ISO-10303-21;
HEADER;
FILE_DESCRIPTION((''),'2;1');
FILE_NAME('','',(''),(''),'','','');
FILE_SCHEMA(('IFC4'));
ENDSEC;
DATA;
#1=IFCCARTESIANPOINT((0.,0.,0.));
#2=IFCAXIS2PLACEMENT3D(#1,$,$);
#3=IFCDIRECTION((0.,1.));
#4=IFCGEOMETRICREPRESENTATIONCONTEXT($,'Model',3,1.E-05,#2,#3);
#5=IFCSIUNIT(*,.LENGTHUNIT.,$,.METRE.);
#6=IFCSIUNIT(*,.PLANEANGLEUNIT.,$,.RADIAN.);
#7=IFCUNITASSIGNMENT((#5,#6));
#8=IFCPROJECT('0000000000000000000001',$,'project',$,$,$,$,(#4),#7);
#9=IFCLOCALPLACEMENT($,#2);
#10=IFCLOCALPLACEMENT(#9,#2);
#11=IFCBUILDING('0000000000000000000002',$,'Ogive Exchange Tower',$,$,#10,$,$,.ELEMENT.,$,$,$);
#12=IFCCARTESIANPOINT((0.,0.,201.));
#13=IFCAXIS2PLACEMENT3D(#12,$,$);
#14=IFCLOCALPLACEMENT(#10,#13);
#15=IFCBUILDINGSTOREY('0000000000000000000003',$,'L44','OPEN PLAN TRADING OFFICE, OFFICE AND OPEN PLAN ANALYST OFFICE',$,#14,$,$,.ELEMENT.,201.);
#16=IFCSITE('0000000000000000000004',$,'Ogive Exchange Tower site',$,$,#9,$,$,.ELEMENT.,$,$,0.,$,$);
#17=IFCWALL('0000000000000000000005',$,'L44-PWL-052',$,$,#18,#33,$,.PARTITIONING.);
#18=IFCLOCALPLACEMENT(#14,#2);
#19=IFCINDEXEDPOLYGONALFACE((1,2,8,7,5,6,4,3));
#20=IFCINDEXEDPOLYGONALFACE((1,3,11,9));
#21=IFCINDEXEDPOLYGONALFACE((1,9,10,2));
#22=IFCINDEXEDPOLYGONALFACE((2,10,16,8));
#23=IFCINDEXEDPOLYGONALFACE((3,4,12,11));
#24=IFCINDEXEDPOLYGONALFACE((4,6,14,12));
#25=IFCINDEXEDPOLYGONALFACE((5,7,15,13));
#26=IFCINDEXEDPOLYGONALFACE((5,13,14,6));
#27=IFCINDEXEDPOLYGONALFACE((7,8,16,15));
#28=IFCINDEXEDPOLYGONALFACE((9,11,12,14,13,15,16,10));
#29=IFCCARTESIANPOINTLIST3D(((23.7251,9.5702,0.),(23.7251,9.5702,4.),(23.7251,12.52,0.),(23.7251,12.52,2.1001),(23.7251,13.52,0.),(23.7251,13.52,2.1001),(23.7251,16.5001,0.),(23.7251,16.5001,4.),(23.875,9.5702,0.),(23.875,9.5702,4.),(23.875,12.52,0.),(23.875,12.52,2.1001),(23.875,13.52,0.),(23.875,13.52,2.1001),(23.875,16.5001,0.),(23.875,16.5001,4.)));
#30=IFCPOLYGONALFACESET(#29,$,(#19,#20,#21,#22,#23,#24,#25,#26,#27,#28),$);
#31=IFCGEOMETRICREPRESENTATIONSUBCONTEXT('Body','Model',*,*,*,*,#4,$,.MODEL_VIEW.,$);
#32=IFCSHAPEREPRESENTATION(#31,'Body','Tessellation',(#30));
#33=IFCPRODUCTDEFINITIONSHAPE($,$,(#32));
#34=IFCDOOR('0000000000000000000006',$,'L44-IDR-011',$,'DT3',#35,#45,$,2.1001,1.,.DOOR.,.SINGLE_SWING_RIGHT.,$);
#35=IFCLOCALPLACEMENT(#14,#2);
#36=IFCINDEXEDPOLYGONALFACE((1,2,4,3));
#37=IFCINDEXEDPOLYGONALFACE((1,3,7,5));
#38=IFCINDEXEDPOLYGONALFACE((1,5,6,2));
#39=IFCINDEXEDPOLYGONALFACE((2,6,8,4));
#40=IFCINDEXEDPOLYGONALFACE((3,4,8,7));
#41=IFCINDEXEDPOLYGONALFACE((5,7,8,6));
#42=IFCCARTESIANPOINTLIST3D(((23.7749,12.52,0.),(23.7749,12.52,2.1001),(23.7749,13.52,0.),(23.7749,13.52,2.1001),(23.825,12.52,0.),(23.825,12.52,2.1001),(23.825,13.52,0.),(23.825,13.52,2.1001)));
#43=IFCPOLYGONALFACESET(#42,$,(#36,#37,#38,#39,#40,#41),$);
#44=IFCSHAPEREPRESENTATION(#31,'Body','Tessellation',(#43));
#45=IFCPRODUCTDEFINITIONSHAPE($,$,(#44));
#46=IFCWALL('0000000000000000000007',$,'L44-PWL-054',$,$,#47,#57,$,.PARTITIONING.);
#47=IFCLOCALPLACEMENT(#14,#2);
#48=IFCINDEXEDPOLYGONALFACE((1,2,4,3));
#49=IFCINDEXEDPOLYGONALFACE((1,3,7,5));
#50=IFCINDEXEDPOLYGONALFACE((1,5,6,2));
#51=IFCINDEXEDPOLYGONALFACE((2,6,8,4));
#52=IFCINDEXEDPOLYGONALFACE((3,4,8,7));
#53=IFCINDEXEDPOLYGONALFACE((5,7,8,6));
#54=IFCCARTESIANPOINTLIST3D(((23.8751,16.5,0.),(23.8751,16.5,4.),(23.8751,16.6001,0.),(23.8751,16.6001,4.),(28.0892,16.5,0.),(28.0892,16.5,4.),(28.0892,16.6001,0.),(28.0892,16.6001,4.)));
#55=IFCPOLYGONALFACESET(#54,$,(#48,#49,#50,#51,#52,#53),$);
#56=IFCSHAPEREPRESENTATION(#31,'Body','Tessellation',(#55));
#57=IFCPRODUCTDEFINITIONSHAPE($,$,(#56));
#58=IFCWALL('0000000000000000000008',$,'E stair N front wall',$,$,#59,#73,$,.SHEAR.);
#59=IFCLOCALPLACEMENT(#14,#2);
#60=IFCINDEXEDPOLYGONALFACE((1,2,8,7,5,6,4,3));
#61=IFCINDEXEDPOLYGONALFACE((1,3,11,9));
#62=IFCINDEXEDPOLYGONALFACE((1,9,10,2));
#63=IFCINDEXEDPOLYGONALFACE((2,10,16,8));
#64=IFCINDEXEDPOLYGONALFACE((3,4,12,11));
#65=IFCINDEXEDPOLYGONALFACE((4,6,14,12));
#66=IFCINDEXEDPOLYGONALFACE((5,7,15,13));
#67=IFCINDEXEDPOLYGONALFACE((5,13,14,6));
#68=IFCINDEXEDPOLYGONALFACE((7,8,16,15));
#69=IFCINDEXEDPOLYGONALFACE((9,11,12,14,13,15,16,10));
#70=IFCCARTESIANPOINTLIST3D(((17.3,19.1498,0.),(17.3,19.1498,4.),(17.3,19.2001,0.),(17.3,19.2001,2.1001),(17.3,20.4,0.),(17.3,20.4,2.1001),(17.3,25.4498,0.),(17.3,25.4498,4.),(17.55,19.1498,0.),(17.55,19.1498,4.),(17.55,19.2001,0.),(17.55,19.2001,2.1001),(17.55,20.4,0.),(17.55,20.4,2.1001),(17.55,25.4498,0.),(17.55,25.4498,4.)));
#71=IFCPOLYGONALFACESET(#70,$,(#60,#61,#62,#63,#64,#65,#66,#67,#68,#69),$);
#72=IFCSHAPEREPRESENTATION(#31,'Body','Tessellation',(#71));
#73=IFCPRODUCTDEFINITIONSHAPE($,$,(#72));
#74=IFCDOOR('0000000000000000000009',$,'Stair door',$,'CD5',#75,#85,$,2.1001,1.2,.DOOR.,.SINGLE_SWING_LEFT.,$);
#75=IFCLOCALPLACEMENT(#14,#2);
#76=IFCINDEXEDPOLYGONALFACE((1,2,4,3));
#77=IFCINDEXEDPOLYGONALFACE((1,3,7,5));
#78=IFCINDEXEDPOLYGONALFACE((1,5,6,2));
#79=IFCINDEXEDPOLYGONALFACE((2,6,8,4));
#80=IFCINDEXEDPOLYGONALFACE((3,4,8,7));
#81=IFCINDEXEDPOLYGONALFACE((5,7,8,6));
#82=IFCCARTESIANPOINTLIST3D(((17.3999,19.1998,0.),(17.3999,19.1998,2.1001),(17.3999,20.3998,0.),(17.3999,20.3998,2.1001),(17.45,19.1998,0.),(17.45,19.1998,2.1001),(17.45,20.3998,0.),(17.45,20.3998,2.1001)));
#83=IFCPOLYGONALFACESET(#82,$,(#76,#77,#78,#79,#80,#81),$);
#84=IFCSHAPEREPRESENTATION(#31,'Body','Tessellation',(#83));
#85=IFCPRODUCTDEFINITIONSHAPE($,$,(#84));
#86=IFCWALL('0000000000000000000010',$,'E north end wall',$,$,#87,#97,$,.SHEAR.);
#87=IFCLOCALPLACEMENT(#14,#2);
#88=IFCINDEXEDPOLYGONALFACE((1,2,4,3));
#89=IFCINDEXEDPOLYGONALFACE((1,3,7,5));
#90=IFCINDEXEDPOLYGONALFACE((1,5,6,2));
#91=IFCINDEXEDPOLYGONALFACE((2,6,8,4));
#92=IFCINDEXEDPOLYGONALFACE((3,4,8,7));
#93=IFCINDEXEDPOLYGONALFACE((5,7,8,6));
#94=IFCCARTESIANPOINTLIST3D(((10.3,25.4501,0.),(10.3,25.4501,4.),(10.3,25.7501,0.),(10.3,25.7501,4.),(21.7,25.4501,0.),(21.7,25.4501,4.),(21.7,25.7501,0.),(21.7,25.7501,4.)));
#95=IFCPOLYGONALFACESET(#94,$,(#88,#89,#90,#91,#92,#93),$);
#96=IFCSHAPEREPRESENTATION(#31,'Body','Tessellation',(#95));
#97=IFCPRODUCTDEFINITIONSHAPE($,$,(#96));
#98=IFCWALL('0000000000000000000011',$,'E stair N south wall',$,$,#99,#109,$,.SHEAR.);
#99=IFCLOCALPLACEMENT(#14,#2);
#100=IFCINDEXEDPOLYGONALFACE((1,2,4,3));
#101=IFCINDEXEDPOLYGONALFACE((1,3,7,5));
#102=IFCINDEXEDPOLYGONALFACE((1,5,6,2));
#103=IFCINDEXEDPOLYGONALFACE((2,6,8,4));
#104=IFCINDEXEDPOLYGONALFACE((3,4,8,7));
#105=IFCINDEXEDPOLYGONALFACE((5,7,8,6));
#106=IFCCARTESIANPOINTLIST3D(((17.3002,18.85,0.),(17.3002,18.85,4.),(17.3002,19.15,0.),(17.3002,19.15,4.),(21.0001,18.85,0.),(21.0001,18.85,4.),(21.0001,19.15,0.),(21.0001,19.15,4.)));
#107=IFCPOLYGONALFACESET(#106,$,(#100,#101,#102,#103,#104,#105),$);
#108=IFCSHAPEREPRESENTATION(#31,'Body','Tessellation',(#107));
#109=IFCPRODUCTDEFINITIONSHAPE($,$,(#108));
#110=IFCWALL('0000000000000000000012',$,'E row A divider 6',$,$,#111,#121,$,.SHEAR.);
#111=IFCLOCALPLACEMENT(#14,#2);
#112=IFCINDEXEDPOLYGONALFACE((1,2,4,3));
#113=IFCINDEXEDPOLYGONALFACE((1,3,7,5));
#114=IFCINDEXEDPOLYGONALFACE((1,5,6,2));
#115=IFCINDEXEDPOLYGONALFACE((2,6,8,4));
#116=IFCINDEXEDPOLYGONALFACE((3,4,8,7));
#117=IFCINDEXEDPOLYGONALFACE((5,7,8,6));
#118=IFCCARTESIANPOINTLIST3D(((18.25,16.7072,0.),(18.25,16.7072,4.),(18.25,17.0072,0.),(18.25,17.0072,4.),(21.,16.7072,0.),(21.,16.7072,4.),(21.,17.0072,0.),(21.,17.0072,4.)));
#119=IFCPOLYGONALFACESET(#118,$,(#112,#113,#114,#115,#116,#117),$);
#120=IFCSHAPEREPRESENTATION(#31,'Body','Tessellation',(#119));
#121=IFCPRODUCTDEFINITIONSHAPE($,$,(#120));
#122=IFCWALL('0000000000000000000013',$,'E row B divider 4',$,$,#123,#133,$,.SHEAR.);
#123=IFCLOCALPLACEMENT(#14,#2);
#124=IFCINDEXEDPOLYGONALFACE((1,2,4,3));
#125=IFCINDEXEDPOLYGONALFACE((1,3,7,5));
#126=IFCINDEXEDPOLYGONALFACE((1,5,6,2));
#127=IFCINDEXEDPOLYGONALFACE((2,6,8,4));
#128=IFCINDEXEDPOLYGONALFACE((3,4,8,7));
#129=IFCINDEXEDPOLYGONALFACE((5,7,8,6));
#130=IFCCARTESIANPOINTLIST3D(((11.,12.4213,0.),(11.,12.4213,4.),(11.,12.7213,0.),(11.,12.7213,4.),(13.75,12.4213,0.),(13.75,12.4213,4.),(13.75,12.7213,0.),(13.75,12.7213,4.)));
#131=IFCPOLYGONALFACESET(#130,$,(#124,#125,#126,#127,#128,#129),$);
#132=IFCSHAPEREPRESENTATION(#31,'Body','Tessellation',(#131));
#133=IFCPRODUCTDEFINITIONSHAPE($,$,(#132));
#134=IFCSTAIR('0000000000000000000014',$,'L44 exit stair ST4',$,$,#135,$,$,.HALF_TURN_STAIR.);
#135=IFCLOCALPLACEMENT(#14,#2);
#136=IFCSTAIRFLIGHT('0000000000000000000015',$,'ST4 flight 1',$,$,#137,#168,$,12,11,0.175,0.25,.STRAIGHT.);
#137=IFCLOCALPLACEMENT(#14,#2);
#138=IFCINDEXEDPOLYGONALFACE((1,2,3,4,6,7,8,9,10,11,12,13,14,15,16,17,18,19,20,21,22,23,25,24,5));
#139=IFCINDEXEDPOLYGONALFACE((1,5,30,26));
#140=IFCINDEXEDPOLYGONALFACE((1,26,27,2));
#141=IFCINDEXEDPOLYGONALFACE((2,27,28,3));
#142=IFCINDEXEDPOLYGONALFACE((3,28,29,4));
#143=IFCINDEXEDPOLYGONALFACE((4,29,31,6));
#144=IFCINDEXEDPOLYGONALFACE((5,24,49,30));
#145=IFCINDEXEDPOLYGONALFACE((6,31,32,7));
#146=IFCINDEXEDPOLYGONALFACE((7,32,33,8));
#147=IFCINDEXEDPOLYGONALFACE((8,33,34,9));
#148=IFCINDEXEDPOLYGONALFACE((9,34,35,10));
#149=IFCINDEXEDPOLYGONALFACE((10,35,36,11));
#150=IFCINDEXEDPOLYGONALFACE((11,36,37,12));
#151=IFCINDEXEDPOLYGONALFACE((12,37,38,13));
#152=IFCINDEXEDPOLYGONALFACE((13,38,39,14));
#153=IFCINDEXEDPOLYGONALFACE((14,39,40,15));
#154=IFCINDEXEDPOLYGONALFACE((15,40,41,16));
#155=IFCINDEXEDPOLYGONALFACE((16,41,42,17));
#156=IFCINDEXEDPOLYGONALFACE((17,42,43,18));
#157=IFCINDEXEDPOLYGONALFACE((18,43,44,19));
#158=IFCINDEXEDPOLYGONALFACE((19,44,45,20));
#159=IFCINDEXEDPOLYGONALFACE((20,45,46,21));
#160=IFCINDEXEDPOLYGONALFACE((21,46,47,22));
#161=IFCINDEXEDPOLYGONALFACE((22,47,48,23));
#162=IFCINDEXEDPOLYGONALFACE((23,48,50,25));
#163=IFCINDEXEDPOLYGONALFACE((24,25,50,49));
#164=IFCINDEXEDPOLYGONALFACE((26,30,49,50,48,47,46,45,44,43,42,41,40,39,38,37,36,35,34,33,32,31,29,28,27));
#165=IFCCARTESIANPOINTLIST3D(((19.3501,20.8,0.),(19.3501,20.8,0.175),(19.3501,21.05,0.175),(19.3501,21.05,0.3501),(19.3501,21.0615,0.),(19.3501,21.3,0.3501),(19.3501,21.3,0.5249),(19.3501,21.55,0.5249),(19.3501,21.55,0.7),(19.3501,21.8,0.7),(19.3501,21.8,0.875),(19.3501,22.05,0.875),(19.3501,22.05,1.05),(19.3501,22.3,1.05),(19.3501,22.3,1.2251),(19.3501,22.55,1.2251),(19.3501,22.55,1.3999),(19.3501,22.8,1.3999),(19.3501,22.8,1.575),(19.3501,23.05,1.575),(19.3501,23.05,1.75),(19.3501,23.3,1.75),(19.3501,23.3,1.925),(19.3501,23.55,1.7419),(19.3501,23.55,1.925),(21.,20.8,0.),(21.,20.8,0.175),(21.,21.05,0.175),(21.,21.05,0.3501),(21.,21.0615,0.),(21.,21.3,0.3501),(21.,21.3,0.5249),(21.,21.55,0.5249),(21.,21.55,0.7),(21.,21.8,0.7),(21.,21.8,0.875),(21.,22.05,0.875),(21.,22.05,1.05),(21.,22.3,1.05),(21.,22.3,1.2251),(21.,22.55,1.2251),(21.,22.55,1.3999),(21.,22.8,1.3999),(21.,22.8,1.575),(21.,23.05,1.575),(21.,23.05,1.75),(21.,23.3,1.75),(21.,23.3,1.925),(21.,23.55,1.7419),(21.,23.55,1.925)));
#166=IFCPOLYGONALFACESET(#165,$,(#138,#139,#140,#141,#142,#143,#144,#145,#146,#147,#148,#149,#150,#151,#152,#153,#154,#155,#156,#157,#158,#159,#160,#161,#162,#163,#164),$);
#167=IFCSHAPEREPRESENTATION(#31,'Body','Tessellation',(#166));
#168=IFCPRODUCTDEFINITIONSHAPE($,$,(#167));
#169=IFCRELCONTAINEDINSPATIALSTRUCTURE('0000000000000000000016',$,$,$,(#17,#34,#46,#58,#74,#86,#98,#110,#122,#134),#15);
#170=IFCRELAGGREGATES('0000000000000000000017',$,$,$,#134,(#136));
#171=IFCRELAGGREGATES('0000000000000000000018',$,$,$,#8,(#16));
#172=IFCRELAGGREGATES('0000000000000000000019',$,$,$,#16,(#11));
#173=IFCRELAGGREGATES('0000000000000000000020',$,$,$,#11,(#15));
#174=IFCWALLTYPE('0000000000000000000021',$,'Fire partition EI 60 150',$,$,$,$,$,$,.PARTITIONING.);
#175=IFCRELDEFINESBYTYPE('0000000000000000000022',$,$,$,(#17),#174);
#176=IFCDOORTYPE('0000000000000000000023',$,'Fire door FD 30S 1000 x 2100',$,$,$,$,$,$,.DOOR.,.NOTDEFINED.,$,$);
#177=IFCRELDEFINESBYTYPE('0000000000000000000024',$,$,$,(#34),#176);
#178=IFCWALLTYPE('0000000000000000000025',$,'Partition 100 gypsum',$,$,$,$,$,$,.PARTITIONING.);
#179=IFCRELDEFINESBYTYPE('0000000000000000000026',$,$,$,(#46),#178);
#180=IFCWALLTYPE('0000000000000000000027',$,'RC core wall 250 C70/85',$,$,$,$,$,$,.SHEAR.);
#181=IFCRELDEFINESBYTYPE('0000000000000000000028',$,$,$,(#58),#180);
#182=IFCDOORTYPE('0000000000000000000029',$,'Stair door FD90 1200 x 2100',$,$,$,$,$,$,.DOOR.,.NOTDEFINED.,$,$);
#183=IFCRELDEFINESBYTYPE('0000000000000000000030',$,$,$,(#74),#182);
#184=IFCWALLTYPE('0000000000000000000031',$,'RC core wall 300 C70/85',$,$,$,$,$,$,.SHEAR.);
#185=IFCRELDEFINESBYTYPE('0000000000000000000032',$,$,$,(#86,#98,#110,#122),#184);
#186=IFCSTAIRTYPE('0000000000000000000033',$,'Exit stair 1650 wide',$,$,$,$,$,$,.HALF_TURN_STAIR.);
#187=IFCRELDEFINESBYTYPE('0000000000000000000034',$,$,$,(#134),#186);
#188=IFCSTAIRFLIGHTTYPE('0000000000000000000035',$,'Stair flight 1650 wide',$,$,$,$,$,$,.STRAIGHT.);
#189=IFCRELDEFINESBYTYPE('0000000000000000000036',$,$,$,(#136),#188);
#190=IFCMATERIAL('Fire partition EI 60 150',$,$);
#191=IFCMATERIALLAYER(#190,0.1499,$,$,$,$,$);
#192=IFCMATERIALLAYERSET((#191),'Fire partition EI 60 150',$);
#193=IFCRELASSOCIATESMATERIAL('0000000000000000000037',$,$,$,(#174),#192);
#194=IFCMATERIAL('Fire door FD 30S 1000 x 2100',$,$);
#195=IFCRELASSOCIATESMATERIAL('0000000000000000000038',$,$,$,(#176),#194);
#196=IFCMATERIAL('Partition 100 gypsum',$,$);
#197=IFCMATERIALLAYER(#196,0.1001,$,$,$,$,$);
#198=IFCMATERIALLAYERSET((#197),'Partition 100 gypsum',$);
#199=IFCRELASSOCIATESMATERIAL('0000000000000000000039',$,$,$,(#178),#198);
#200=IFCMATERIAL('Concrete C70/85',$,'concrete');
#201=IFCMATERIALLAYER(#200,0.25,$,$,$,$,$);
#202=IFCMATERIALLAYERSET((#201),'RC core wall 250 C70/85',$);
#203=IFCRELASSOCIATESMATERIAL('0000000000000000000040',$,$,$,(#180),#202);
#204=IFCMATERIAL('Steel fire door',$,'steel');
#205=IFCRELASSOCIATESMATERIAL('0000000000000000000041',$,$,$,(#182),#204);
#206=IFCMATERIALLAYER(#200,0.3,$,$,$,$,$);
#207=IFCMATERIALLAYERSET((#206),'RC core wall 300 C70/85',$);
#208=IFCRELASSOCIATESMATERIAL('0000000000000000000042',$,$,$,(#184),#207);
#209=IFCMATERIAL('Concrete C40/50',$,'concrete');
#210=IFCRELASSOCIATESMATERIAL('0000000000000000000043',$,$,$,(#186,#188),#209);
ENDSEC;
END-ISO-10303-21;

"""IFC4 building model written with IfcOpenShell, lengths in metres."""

from ifc_helpers import new_model, si_unit, direction, frame, frame_2d, origin, place, context, subcontext, project, spatial, polyline, rectangle, outline, extrude, material, layer, layer_set, type_object, element, fill, aggregate, save


model = new_model("IFC4")

# Units and contexts
model_context = context("Model", 3, precision=1e-05, world=origin(), true_north=direction((0.0, 1.0)))
body_context = subcontext(model_context, "Body", "Model", "MODEL_VIEW")
ifc_project = project(units=[si_unit("LENGTHUNIT", "METRE"), si_unit("PLANEANGLEUNIT", "RADIAN")], contexts=[model_context])

# Site, building, storey
site_placement = place(None, origin())
site = spatial("IfcSite", under=ifc_project, at=site_placement, Name="Ogive Exchange Tower site", CompositionType="ELEMENT", RefElevation=0.0)
building_placement = place(site_placement, origin())
building = spatial("IfcBuilding", under=site, at=building_placement, Name="Ogive Exchange Tower", CompositionType="ELEMENT")
storey_placement = place(building_placement, frame((0.0, 0.0, 201.0)))
storey = spatial("IfcBuildingStorey", under=building, at=storey_placement, Name="L44", Description="OPEN PLAN TRADING OFFICE, OFFICE AND OPEN PLAN ANALYST OFFICE", CompositionType="ELEMENT", Elevation=201.0)

# Shared definitions
ifc_material_1 = material(Name="Fire partition EI 60 150")
ifc_layer_1 = layer(ifc_material_1, 0.1499)
ifc_layer_set_1 = layer_set([ifc_layer_1], Name="Fire partition EI 60 150")
wall_type_1 = type_object("IfcWallType", Name="Fire partition EI 60 150", PredefinedType="PARTITIONING", material=ifc_layer_set_1)

# Wall, opening, door
wall_1_placement = place(storey_placement, frame((23.8, 16.5, 0.0), z_axis=(0.0, 0.0, 1.0), x_axis=(0.0, -1.0, 0.0)))
wall_1 = element("IfcWall", 1, at=wall_1_placement, inside=storey, type_object=wall_type_1, Name="L44-PWL-052", PredefinedType="PARTITIONING", context=body_context, shape_type="SweptSolid", body=[
    extrude(rectangle(XDim=6.9299, YDim=0.1499, at=frame_2d((3.4648, 0.0))), origin(), (0.0, 0.0, 1.0), 4.0),
])
opening_1_placement = place(wall_1_placement, frame((2.98, 0.0, 0.0)))
opening_1 = element("IfcOpeningElement", 2, at=opening_1_placement, cuts=wall_1, PredefinedType="OPENING", context=body_context, shape_type="SweptSolid", body=[
    extrude(rectangle(XDim=1.0, YDim=2.1001, at=frame_2d((0.5, 1.05))), frame((0.0, 0.085, 0.0), z_axis=(0.0, -1.0, 0.0), x_axis=(1.0, 0.0, 0.0)), (0.0, 0.0, 1.0), 0.1699),
])
ifc_material_2 = material(Name="Fire door FD 30S 1000 x 2100")
door_type_1 = type_object("IfcDoorType", Name="Fire door FD 30S 1000 x 2100", OperationType="NOTDEFINED", PredefinedType="DOOR", material=ifc_material_2)
door_1_placement = place(opening_1_placement, origin())
door_1 = element("IfcDoor", 3, at=door_1_placement, inside=storey, type_object=door_type_1, Name="L44-IDR-011", ObjectType="DT3", OperationType="SINGLE_SWING_RIGHT", OverallHeight=2.1001, OverallWidth=1.0, PredefinedType="DOOR", context=body_context, shape_type="SweptSolid", body=[
    extrude(rectangle(XDim=1.0, YDim=2.1001, at=frame_2d((0.5, 1.05))), frame((0.0, 0.0249, 0.0), z_axis=(0.0, -1.0, 0.0), x_axis=(1.0, 0.0, 0.0)), (0.0, 0.0, 1.0), 0.05),
])
fill(opening_1, door_1)

# Wall
ifc_material_3 = material(Name="Partition 100 gypsum")
ifc_layer_2 = layer(ifc_material_3, 0.1001)
ifc_layer_set_2 = layer_set([ifc_layer_2], Name="Partition 100 gypsum")
wall_type_2 = type_object("IfcWallType", Name="Partition 100 gypsum", PredefinedType="PARTITIONING", material=ifc_layer_set_2)
wall_2_placement = place(storey_placement, frame((28.0891, 16.55, 0.0), z_axis=(0.0, 0.0, 1.0), x_axis=(-1.0, 0.0, 0.0)))
element("IfcWall", 4, at=wall_2_placement, inside=storey, type_object=wall_type_2, Name="L44-PWL-054", PredefinedType="PARTITIONING", context=body_context, shape_type="SweptSolid", body=[
    extrude(rectangle(XDim=4.2141, YDim=0.1001, at=frame_2d((2.1069, 0.0))), origin(), (0.0, 0.0, 1.0), 4.0),
])

# Wall, opening, door
ifc_material_4 = material(Name="Concrete C70/85", Category="concrete")
ifc_layer_3 = layer(ifc_material_4, 0.25)
ifc_layer_set_3 = layer_set([ifc_layer_3], Name="RC core wall 250 C70/85")
wall_type_3 = type_object("IfcWallType", Name="RC core wall 250 C70/85", PredefinedType="SHEAR", material=ifc_layer_set_3)
wall_3_placement = place(storey_placement, frame((17.425, 19.1499, 0.0), z_axis=(0.0, 0.0, 1.0), x_axis=(0.0, 1.0, 0.0)))
wall_3 = element("IfcWall", 5, at=wall_3_placement, inside=storey, type_object=wall_type_3, Name="E stair N front wall", PredefinedType="SHEAR", context=body_context, shape_type="SweptSolid", body=[
    extrude(rectangle(XDim=6.3, YDim=0.25, at=frame_2d((3.1499, 0.0))), origin(), (0.0, 0.0, 1.0), 4.0),
])
opening_2_placement = place(wall_3_placement, frame((0.05, 0.0, 0.0)))
opening_2 = element("IfcOpeningElement", 6, at=opening_2_placement, cuts=wall_3, PredefinedType="OPENING", context=body_context, shape_type="SweptSolid", body=[
    extrude(rectangle(XDim=1.2, YDim=2.1001, at=frame_2d((0.6001, 1.05))), frame((0.0, 0.135, 0.0), z_axis=(0.0, -1.0, 0.0), x_axis=(1.0, 0.0, 0.0)), (0.0, 0.0, 1.0), 0.27),
])
ifc_material_5 = material(Name="Steel fire door", Category="steel")
door_type_2 = type_object("IfcDoorType", Name="Stair door FD90 1200 x 2100", OperationType="NOTDEFINED", PredefinedType="DOOR", material=ifc_material_5)
door_2_placement = place(opening_2_placement, frame((1.2, 0.0, 0.0), z_axis=(0.0, 0.0, 1.0), x_axis=(-1.0, 0.0, 0.0)))
door_2 = element("IfcDoor", 7, at=door_2_placement, inside=storey, type_object=door_type_2, Name="Stair door", ObjectType="CD5", OperationType="SINGLE_SWING_LEFT", OverallHeight=2.1001, OverallWidth=1.2, PredefinedType="DOOR", context=body_context, shape_type="SweptSolid", body=[
    extrude(rectangle(XDim=1.2, YDim=2.1001, at=frame_2d((0.6001, 1.05))), frame((0.0, 0.0249, 0.0), z_axis=(0.0, -1.0, 0.0), x_axis=(1.0, 0.0, 0.0)), (0.0, 0.0, 1.0), 0.05),
])
fill(opening_2, door_2)

# Walls
ifc_layer_4 = layer(ifc_material_4, 0.3)
ifc_layer_set_4 = layer_set([ifc_layer_4], Name="RC core wall 300 C70/85")
wall_type_4 = type_object("IfcWallType", Name="RC core wall 300 C70/85", PredefinedType="SHEAR", material=ifc_layer_set_4)
wall_4_placement = place(storey_placement, frame((10.3, 25.6001, 0.0), z_axis=(0.0, 0.0, 1.0), x_axis=(1.0, 0.0, 0.0)))
element("IfcWall", 8, at=wall_4_placement, inside=storey, type_object=wall_type_4, Name="E north end wall", PredefinedType="SHEAR", context=body_context, shape_type="SweptSolid", body=[
    extrude(rectangle(XDim=11.3999, YDim=0.3, at=frame_2d((5.7, 0.0))), origin(), (0.0, 0.0, 1.0), 4.0),
])
wall_5_placement = place(storey_placement, frame((17.3, 19.0, 0.0), z_axis=(0.0, 0.0, 1.0), x_axis=(1.0, 0.0, 0.0)))
element("IfcWall", 9, at=wall_5_placement, inside=storey, type_object=wall_type_4, Name="E stair N south wall", PredefinedType="SHEAR", context=body_context, shape_type="SweptSolid", body=[
    extrude(rectangle(XDim=3.7, YDim=0.3, at=frame_2d((1.8501, 0.0))), origin(), (0.0, 0.0, 1.0), 4.0),
])
for number, where, z_axis, x_axis, name in (
    (10, (18.25, 16.8572, 0.0), (0.0, 0.0, 1.0), (1.0, 0.0, 0.0), "E row A divider 6"),
    (11, (11.0, 12.5713, 0.0), (0.0, 0.0, 1.0), (1.0, 0.0, 0.0), "E row B divider 4"),
):
    element("IfcWall", number, at=place(storey_placement, frame(where, z_axis=z_axis, x_axis=x_axis)), inside=storey, type_object=wall_type_4, Name=name, PredefinedType="SHEAR", context=body_context, shape_type="SweptSolid", body=[
        extrude(rectangle(XDim=2.75, YDim=0.3, at=frame_2d((1.375, 0.0))), origin(), (0.0, 0.0, 1.0), 4.0),
    ])

# Stair, stair flight
ifc_material_6 = material(Name="Concrete C40/50", Category="concrete")
stair_type = type_object("IfcStairType", Name="Exit stair 1650 wide", PredefinedType="HALF_TURN_STAIR", material=ifc_material_6)
stair_placement = place(storey_placement, origin())
stair = element("IfcStair", 12, at=stair_placement, inside=storey, type_object=stair_type, Name="L44 exit stair ST4", PredefinedType="HALF_TURN_STAIR")
stair_flight_type = type_object("IfcStairFlightType", Name="Stair flight 1650 wide", PredefinedType="STRAIGHT", material=ifc_material_6)
stair_flight_1_placement = place(storey_placement, frame((20.175, 20.8, 0.0), z_axis=(0.0, 0.0, 1.0), x_axis=(0.0, 1.0, 0.0)))
stair_flight_1 = element("IfcStairFlight", 13, at=stair_flight_1_placement, type_object=stair_flight_type, Name="ST4 flight 1", NumberOfRisers=12, NumberOfTreads=11, PredefinedType="STRAIGHT", RiserHeight=0.175, TreadLength=0.25, context=body_context, shape_type="SweptSolid", body=[
    extrude(outline(polyline([(0.0, 0.0), (0.0, 0.175), (0.25, 0.175), (0.25, 0.3501), (0.5, 0.3501), (0.5, 0.5249), (0.75, 0.5249), (0.75, 0.7), (1.0, 0.7), (1.0, 0.875), (1.25, 0.875), (1.25, 1.05), (1.5, 1.05), (1.5, 1.2251), (1.75, 1.2251), (1.75, 1.3999), (2.0, 1.3999), (2.0, 1.575), (2.25, 1.575), (2.25, 1.75), (2.5, 1.75), (2.5, 1.925), (2.75, 1.925), (2.75, 2.1001), (2.75, 1.7419), (0.2615, 0.0), (0.0, 0.0)])), frame((0.0, 0.825, 0.0), z_axis=(0.0, -1.0, 0.0), x_axis=(1.0, 0.0, 0.0)), (0.0, 0.0, 1.0), 1.6499),
])
aggregate(stair, [stair_flight_1])

save(model, "model.ifc")
